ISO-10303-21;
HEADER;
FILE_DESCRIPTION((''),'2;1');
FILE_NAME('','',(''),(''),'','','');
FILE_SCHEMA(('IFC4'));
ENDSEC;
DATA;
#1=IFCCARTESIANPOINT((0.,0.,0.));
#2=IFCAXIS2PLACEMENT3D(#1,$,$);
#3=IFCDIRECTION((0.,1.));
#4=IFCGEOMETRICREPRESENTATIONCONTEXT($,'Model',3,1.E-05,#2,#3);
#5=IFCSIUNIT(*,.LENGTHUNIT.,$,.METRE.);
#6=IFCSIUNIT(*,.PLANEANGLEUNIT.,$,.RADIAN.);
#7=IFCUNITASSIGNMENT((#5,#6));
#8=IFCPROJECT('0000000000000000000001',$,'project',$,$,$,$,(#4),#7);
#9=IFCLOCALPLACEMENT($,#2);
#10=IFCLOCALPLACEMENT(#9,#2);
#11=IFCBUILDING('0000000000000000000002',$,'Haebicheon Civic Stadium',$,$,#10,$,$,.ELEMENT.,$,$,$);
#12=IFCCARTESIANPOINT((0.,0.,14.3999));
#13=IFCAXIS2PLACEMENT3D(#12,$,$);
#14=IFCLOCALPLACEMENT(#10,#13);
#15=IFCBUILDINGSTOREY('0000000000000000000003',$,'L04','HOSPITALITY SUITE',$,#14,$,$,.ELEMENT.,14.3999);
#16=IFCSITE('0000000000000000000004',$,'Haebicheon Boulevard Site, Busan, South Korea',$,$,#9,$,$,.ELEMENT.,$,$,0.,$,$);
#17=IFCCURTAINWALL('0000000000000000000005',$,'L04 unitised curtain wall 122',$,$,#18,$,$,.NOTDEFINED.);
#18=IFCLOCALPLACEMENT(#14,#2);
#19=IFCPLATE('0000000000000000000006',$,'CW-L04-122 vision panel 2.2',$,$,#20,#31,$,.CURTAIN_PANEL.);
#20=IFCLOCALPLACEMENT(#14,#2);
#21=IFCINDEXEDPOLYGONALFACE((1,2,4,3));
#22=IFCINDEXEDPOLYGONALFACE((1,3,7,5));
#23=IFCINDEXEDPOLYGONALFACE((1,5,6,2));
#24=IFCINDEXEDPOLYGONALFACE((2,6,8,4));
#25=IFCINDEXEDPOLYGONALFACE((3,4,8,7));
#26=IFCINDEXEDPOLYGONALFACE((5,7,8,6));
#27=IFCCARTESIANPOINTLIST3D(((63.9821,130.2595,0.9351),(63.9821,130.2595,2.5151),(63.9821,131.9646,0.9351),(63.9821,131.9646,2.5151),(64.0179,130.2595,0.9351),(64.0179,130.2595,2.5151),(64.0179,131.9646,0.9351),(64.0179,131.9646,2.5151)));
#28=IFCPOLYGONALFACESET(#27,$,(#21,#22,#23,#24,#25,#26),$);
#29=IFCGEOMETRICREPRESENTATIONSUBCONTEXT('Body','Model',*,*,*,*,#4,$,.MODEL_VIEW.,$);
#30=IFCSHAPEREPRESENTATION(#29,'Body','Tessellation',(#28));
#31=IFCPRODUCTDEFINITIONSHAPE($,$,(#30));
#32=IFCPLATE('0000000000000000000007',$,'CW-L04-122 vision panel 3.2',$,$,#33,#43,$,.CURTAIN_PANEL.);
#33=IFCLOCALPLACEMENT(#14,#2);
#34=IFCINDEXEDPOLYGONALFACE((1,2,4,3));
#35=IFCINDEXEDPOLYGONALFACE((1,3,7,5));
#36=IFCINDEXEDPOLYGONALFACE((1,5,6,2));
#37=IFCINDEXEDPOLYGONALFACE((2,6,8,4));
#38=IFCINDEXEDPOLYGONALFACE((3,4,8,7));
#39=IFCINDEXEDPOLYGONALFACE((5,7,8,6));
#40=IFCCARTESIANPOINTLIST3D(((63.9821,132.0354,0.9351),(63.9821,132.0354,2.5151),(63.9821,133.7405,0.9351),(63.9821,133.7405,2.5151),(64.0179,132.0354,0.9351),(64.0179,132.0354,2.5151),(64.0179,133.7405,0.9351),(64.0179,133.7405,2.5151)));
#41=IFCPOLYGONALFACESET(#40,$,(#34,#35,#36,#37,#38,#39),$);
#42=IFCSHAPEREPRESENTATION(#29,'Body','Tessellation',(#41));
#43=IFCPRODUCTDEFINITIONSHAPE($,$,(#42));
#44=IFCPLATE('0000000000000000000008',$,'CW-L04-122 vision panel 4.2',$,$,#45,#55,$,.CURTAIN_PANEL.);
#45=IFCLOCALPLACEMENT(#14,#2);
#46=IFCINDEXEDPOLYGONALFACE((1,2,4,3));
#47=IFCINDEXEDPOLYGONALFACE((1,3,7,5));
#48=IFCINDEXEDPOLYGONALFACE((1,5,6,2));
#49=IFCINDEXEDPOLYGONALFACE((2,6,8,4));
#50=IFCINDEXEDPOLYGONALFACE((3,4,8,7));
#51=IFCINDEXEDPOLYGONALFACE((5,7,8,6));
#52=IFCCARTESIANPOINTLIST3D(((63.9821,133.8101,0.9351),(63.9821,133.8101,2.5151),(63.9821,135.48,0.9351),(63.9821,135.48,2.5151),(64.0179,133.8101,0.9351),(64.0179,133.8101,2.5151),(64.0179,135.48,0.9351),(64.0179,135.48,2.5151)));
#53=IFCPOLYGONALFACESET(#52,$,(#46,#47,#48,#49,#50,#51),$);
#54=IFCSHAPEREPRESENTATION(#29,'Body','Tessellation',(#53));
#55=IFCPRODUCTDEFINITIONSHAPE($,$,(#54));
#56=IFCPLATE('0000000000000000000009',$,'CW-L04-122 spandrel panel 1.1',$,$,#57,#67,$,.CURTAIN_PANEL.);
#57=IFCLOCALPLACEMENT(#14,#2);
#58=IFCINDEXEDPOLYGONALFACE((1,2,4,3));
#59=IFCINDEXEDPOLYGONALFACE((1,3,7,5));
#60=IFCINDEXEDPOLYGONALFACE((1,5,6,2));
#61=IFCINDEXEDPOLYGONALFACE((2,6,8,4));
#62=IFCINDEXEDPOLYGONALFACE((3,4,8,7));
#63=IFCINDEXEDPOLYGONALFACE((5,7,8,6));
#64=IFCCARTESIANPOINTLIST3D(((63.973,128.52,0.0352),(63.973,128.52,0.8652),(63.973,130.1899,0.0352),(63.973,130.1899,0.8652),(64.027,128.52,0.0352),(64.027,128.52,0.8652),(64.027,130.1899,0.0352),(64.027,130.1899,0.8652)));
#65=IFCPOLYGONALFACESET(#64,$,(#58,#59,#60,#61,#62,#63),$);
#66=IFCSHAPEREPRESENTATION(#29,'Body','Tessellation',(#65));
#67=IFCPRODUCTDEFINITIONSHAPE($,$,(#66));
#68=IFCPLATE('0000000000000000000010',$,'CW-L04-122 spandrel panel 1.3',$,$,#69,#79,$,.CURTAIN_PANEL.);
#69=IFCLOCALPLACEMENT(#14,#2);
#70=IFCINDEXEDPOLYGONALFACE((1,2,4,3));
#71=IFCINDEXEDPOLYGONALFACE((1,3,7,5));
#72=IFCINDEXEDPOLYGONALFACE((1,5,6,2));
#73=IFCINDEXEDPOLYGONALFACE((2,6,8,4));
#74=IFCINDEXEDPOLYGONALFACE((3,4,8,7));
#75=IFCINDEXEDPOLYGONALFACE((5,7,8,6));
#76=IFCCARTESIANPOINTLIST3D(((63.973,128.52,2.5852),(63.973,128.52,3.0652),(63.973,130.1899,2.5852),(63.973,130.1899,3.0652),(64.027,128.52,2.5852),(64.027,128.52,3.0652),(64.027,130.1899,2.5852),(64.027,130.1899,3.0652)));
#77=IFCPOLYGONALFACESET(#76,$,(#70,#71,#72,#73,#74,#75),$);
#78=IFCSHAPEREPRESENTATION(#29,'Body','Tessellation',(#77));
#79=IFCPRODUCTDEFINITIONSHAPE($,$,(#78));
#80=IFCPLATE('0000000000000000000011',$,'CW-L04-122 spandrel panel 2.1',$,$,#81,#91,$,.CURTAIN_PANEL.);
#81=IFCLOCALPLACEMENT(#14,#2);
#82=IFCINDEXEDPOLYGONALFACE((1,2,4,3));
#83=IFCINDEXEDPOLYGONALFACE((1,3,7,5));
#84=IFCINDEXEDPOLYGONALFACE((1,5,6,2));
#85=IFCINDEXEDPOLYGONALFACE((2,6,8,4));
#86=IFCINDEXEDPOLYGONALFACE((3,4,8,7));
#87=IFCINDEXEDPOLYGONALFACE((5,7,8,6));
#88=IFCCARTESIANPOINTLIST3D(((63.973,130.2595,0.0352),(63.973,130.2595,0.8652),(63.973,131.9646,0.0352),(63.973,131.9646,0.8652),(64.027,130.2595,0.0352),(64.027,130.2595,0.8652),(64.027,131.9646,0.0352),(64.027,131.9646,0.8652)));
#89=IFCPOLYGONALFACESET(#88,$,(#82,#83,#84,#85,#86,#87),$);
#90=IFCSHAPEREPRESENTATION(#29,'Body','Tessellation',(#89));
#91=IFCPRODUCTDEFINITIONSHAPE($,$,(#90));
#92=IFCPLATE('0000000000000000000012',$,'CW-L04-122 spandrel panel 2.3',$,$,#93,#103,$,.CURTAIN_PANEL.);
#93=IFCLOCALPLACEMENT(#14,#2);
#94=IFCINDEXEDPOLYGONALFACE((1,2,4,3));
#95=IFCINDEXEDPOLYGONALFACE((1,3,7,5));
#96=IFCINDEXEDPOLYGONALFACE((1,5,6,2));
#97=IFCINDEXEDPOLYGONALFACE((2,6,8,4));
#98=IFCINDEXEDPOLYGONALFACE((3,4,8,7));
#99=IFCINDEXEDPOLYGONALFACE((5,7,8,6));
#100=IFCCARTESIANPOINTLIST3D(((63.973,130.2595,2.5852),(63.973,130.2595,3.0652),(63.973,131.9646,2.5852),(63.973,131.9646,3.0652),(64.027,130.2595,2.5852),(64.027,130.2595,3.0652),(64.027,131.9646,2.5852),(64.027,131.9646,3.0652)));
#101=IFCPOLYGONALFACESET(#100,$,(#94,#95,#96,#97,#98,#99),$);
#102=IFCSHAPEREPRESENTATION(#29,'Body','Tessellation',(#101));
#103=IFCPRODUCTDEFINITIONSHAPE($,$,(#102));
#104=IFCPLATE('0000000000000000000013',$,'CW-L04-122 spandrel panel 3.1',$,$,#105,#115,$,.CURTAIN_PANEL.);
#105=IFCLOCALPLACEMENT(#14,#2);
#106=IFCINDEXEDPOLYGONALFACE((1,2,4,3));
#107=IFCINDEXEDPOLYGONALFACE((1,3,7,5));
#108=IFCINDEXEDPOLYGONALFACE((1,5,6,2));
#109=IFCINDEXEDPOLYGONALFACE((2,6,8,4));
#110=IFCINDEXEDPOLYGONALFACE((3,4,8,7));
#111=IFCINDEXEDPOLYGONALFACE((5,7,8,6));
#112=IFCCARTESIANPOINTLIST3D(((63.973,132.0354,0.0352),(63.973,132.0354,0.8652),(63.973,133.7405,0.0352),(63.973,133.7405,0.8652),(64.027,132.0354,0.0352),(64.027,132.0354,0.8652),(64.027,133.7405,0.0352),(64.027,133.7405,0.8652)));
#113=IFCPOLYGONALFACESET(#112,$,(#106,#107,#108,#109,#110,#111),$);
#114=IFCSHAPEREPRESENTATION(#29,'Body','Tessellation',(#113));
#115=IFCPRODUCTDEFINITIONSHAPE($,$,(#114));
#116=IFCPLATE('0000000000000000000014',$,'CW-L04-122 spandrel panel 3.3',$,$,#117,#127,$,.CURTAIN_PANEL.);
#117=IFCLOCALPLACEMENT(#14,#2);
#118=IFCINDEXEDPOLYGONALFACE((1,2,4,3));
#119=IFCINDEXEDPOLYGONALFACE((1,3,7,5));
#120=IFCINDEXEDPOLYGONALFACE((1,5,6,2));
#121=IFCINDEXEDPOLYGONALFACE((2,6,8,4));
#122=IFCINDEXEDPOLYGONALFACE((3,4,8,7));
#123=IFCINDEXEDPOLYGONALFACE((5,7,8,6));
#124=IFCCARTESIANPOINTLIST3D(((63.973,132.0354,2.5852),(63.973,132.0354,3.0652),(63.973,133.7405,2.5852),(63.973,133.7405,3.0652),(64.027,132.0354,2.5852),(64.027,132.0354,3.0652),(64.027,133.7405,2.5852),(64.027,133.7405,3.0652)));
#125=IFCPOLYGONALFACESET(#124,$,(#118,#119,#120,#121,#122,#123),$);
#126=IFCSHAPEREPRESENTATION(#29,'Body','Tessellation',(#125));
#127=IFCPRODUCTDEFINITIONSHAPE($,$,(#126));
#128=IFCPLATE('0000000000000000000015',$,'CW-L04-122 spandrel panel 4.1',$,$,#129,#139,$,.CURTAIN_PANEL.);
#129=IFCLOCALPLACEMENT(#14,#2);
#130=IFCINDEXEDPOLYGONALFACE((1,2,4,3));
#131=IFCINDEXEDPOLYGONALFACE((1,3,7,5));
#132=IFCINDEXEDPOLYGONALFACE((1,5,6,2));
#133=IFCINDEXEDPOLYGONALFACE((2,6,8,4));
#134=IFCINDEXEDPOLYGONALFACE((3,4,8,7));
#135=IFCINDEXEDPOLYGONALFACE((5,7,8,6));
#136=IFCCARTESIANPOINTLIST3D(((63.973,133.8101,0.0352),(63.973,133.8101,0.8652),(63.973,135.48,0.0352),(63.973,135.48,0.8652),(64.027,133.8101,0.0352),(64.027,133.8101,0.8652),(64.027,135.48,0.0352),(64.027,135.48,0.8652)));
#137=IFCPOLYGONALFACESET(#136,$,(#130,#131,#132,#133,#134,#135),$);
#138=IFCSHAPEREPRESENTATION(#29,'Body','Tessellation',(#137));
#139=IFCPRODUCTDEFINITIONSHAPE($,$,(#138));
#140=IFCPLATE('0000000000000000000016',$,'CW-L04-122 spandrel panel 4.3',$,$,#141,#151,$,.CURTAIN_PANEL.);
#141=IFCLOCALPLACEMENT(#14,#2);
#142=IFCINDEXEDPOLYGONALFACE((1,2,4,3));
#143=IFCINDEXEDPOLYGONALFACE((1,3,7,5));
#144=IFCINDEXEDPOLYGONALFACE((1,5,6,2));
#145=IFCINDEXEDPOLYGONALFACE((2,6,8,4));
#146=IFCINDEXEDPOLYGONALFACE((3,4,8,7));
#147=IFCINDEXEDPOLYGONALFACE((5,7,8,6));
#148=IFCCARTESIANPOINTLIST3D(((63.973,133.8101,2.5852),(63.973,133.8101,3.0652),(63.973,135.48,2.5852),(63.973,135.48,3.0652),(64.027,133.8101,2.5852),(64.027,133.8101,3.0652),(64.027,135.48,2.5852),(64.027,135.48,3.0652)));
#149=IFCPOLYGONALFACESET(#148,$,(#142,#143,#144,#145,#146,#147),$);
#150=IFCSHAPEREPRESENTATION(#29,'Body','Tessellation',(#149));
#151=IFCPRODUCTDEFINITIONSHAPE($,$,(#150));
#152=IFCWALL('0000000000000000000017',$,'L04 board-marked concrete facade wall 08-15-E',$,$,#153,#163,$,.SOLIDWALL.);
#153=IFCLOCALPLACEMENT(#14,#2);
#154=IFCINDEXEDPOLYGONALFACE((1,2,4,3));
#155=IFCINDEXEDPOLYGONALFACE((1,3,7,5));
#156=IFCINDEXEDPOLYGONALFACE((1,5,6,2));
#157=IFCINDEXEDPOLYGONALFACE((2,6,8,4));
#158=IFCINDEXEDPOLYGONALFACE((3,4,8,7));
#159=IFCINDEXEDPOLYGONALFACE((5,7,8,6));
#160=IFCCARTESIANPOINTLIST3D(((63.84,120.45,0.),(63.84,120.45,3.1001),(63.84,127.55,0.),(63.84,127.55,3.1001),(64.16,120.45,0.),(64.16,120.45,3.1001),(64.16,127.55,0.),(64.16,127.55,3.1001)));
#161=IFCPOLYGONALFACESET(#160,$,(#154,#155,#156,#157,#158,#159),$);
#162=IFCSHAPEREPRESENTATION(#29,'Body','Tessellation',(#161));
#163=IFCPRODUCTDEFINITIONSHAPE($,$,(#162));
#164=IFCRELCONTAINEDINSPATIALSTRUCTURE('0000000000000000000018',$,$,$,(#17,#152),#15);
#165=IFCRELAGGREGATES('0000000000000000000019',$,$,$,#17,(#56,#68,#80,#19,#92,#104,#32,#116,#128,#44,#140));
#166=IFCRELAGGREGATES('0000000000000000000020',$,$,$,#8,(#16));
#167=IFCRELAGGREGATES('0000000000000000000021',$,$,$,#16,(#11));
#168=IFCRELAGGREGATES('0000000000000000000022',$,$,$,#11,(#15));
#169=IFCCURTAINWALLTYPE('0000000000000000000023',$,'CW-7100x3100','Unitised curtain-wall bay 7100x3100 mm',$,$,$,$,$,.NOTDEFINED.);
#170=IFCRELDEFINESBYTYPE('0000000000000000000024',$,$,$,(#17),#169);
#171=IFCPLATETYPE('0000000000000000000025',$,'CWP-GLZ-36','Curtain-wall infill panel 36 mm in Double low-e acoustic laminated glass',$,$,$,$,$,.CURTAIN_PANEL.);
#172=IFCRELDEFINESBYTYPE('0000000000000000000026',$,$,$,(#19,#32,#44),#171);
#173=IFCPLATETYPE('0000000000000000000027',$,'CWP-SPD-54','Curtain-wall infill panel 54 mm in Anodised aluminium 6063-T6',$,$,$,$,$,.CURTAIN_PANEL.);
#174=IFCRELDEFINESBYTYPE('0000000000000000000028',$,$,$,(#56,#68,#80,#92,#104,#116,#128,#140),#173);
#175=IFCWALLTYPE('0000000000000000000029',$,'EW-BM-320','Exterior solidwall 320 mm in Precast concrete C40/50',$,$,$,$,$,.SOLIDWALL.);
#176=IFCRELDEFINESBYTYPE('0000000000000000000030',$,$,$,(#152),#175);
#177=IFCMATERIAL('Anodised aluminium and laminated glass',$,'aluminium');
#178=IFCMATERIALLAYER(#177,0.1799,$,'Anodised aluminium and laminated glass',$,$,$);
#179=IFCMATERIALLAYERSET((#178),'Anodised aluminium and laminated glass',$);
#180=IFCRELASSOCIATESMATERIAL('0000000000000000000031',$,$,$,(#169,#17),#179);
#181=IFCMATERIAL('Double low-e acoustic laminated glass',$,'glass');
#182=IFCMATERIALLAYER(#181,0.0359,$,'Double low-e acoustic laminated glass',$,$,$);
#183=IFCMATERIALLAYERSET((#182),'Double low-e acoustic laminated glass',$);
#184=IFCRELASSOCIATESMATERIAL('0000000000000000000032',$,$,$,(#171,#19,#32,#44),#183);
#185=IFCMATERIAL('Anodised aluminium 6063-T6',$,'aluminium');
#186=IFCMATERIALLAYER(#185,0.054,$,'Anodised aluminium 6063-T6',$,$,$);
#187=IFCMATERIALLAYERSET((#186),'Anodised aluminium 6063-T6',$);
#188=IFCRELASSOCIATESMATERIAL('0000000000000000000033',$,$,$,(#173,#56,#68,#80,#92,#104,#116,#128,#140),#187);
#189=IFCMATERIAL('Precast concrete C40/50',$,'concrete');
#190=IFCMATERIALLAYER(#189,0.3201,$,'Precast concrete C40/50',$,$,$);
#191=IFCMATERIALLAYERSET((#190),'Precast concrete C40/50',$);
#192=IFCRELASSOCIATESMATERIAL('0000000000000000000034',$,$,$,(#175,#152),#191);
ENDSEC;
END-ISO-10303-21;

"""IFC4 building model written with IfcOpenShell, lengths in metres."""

from ifc_helpers import new_model, si_unit, direction, frame, frame_2d, origin, origin_2d, place, context, subcontext, project, spatial, rectangle, extrude, material, layer, layer_set, type_object, element, aggregate, save


model = new_model("IFC4")

# Units and contexts
model_context = context("Model", 3, precision=1e-05, world=origin(), true_north=direction((0.0, 1.0)))
body_context = subcontext(model_context, "Body", "Model", "MODEL_VIEW")
ifc_project = project(units=[si_unit("LENGTHUNIT", "METRE"), si_unit("PLANEANGLEUNIT", "RADIAN")], contexts=[model_context])

# Site, building, storey
site_placement = place(None, origin())
site = spatial("IfcSite", under=ifc_project, at=site_placement, Name="Haebicheon Boulevard Site, Busan, South Korea", CompositionType="ELEMENT", RefElevation=0.0)
building_placement = place(site_placement, origin())
building = spatial("IfcBuilding", under=site, at=building_placement, Name="Haebicheon Civic Stadium", CompositionType="ELEMENT")
storey_placement = place(building_placement, frame((0.0, 0.0, 14.3999)))
storey = spatial("IfcBuildingStorey", under=building, at=storey_placement, Name="L04", Description="HOSPITALITY SUITE", CompositionType="ELEMENT", Elevation=14.3999)

# Curtain wall
ifc_material_1 = material(Name="Anodised aluminium and laminated glass", Category="aluminium")
ifc_layer_1 = layer(ifc_material_1, 0.1799, Name="Anodised aluminium and laminated glass")
ifc_layer_set_1 = layer_set([ifc_layer_1], Name="Anodised aluminium and laminated glass")
curtain_wall_type = type_object("IfcCurtainWallType", Name="CW-7100x3100", Description="Unitised curtain-wall bay 7100x3100 mm", PredefinedType="NOTDEFINED", material=ifc_layer_set_1)
curtain_wall_placement = place(storey_placement, origin())
curtain_wall = element("IfcCurtainWall", 1, at=curtain_wall_placement, inside=storey, type_object=curtain_wall_type, material=ifc_layer_set_1, Name="L04 unitised curtain wall 122", PredefinedType="NOTDEFINED")

# Plates
ifc_material_2 = material(Name="Double low-e acoustic laminated glass", Category="glass")
ifc_layer_2 = layer(ifc_material_2, 0.0359, Name="Double low-e acoustic laminated glass")
ifc_layer_set_2 = layer_set([ifc_layer_2], Name="Double low-e acoustic laminated glass")
plate_type_1 = type_object("IfcPlateType", Name="CWP-GLZ-36", Description="Curtain-wall infill panel 36 mm in Double low-e acoustic laminated glass", PredefinedType="CURTAIN_PANEL", material=ifc_layer_set_2)
plate_1_placement = place(storey_placement, frame((64.0, 131.1121, 0.9351), z_axis=(0.0, 0.0, 1.0), x_axis=(0.0, 1.0, 0.0)))
plate_1 = element("IfcPlate", 2, at=plate_1_placement, type_object=plate_type_1, material=ifc_layer_set_2, Name="CW-L04-122 vision panel 2.2", PredefinedType="CURTAIN_PANEL", context=body_context, shape_type="SweptSolid", body=[
    extrude(rectangle(XDim=1.7051, YDim=0.0359, at=origin_2d()), origin(), (0.0, 0.0, 1.0), 1.5801),
])
plate_2_placement = place(storey_placement, frame((64.0, 132.8879, 0.9351), z_axis=(0.0, 0.0, 1.0), x_axis=(0.0, 1.0, 0.0)))
plate_2 = element("IfcPlate", 3, at=plate_2_placement, type_object=plate_type_1, material=ifc_layer_set_2, Name="CW-L04-122 vision panel 3.2", PredefinedType="CURTAIN_PANEL", context=body_context, shape_type="SweptSolid", body=[
    extrude(rectangle(XDim=1.7051, YDim=0.0359, at=origin_2d()), origin(), (0.0, 0.0, 1.0), 1.5801),
])
plate_3_placement = place(storey_placement, frame((64.0, 134.645, 0.9351), z_axis=(0.0, 0.0, 1.0), x_axis=(0.0, 1.0, 0.0)))
plate_3 = element("IfcPlate", 4, at=plate_3_placement, type_object=plate_type_1, material=ifc_layer_set_2, Name="CW-L04-122 vision panel 4.2", PredefinedType="CURTAIN_PANEL", context=body_context, shape_type="SweptSolid", body=[
    extrude(rectangle(XDim=1.6699, YDim=0.0359, at=origin_2d()), origin(), (0.0, 0.0, 1.0), 1.5801),
])
ifc_material_3 = material(Name="Anodised aluminium 6063-T6", Category="aluminium")
ifc_layer_3 = layer(ifc_material_3, 0.054, Name="Anodised aluminium 6063-T6")
ifc_layer_set_3 = layer_set([ifc_layer_3], Name="Anodised aluminium 6063-T6")
plate_type_2 = type_object("IfcPlateType", Name="CWP-SPD-54", Description="Curtain-wall infill panel 54 mm in Anodised aluminium 6063-T6", PredefinedType="CURTAIN_PANEL", material=ifc_layer_set_3)
plate_4_placement = place(storey_placement, frame((64.0, 129.355, 0.0352), z_axis=(0.0, 0.0, 1.0), x_axis=(0.0, 1.0, 0.0)))
plate_4 = element("IfcPlate", 5, at=plate_4_placement, type_object=plate_type_2, material=ifc_layer_set_3, Name="CW-L04-122 spandrel panel 1.1", PredefinedType="CURTAIN_PANEL", context=body_context, shape_type="SweptSolid", body=[
    extrude(rectangle(XDim=1.6699, YDim=0.054, at=origin_2d()), origin(), (0.0, 0.0, 1.0), 0.8301),
])
plate_5_placement = place(storey_placement, frame((64.0, 129.355, 2.5852), z_axis=(0.0, 0.0, 1.0), x_axis=(0.0, 1.0, 0.0)))
plate_5 = element("IfcPlate", 6, at=plate_5_placement, type_object=plate_type_2, material=ifc_layer_set_3, Name="CW-L04-122 spandrel panel 1.3", PredefinedType="CURTAIN_PANEL", context=body_context, shape_type="SweptSolid", body=[
    extrude(rectangle(XDim=1.6699, YDim=0.054, at=origin_2d()), origin(), (0.0, 0.0, 1.0), 0.48),
])
plate_6_placement = place(storey_placement, frame((64.0, 131.1121, 0.0352), z_axis=(0.0, 0.0, 1.0), x_axis=(0.0, 1.0, 0.0)))
plate_6 = element("IfcPlate", 7, at=plate_6_placement, type_object=plate_type_2, material=ifc_layer_set_3, Name="CW-L04-122 spandrel panel 2.1", PredefinedType="CURTAIN_PANEL", context=body_context, shape_type="SweptSolid", body=[
    extrude(rectangle(XDim=1.7051, YDim=0.054, at=origin_2d()), origin(), (0.0, 0.0, 1.0), 0.8301),
])
plate_7_placement = place(storey_placement, frame((64.0, 131.1121, 2.5852), z_axis=(0.0, 0.0, 1.0), x_axis=(0.0, 1.0, 0.0)))
plate_7 = element("IfcPlate", 8, at=plate_7_placement, type_object=plate_type_2, material=ifc_layer_set_3, Name="CW-L04-122 spandrel panel 2.3", PredefinedType="CURTAIN_PANEL", context=body_context, shape_type="SweptSolid", body=[
    extrude(rectangle(XDim=1.7051, YDim=0.054, at=origin_2d()), origin(), (0.0, 0.0, 1.0), 0.48),
])
plate_8_placement = place(storey_placement, frame((64.0, 132.8879, 0.0352), z_axis=(0.0, 0.0, 1.0), x_axis=(0.0, 1.0, 0.0)))
plate_8 = element("IfcPlate", 9, at=plate_8_placement, type_object=plate_type_2, material=ifc_layer_set_3, Name="CW-L04-122 spandrel panel 3.1", PredefinedType="CURTAIN_PANEL", context=body_context, shape_type="SweptSolid", body=[
    extrude(rectangle(XDim=1.7051, YDim=0.054, at=origin_2d()), origin(), (0.0, 0.0, 1.0), 0.8301),
])
plate_9_placement = place(storey_placement, frame((64.0, 132.8879, 2.5852), z_axis=(0.0, 0.0, 1.0), x_axis=(0.0, 1.0, 0.0)))
plate_9 = element("IfcPlate", 10, at=plate_9_placement, type_object=plate_type_2, material=ifc_layer_set_3, Name="CW-L04-122 spandrel panel 3.3", PredefinedType="CURTAIN_PANEL", context=body_context, shape_type="SweptSolid", body=[
    extrude(rectangle(XDim=1.7051, YDim=0.054, at=origin_2d()), origin(), (0.0, 0.0, 1.0), 0.48),
])
plate_10_placement = place(storey_placement, frame((64.0, 134.645, 0.0352), z_axis=(0.0, 0.0, 1.0), x_axis=(0.0, 1.0, 0.0)))
plate_10 = element("IfcPlate", 11, at=plate_10_placement, type_object=plate_type_2, material=ifc_layer_set_3, Name="CW-L04-122 spandrel panel 4.1", PredefinedType="CURTAIN_PANEL", context=body_context, shape_type="SweptSolid", body=[
    extrude(rectangle(XDim=1.6699, YDim=0.054, at=origin_2d()), origin(), (0.0, 0.0, 1.0), 0.8301),
])
plate_11_placement = place(storey_placement, frame((64.0, 134.645, 2.5852), z_axis=(0.0, 0.0, 1.0), x_axis=(0.0, 1.0, 0.0)))
plate_11 = element("IfcPlate", 12, at=plate_11_placement, type_object=plate_type_2, material=ifc_layer_set_3, Name="CW-L04-122 spandrel panel 4.3", PredefinedType="CURTAIN_PANEL", context=body_context, shape_type="SweptSolid", body=[
    extrude(rectangle(XDim=1.6699, YDim=0.054, at=origin_2d()), origin(), (0.0, 0.0, 1.0), 0.48),
])
aggregate(curtain_wall, [plate_4, plate_5, plate_6, plate_1, plate_7, plate_8, plate_2, plate_9, plate_10, plate_3, plate_11])

# Wall
ifc_material_4 = material(Name="Precast concrete C40/50", Category="concrete")
ifc_layer_4 = layer(ifc_material_4, 0.3201, Name="Precast concrete C40/50")
ifc_layer_set_4 = layer_set([ifc_layer_4], Name="Precast concrete C40/50")
wall_type = type_object("IfcWallType", Name="EW-BM-320", Description="Exterior solidwall 320 mm in Precast concrete C40/50", PredefinedType="SOLIDWALL", material=ifc_layer_set_4)
wall_placement = place(storey_placement, frame((64.0, 120.45, 0.0), z_axis=(0.0, 0.0, 1.0), x_axis=(0.0, 1.0, 0.0)))
element("IfcWall", 13, at=wall_placement, inside=storey, type_object=wall_type, material=ifc_layer_set_4, Name="L04 board-marked concrete facade wall 08-15-E", PredefinedType="SOLIDWALL", context=body_context, shape_type="SweptSolid", body=[
    extrude(rectangle(XDim=7.1001, YDim=0.3201, at=frame_2d((3.55, 0.0))), origin(), (0.0, 0.0, 1.0), 3.1001),
])

save(model, "model.ifc")
